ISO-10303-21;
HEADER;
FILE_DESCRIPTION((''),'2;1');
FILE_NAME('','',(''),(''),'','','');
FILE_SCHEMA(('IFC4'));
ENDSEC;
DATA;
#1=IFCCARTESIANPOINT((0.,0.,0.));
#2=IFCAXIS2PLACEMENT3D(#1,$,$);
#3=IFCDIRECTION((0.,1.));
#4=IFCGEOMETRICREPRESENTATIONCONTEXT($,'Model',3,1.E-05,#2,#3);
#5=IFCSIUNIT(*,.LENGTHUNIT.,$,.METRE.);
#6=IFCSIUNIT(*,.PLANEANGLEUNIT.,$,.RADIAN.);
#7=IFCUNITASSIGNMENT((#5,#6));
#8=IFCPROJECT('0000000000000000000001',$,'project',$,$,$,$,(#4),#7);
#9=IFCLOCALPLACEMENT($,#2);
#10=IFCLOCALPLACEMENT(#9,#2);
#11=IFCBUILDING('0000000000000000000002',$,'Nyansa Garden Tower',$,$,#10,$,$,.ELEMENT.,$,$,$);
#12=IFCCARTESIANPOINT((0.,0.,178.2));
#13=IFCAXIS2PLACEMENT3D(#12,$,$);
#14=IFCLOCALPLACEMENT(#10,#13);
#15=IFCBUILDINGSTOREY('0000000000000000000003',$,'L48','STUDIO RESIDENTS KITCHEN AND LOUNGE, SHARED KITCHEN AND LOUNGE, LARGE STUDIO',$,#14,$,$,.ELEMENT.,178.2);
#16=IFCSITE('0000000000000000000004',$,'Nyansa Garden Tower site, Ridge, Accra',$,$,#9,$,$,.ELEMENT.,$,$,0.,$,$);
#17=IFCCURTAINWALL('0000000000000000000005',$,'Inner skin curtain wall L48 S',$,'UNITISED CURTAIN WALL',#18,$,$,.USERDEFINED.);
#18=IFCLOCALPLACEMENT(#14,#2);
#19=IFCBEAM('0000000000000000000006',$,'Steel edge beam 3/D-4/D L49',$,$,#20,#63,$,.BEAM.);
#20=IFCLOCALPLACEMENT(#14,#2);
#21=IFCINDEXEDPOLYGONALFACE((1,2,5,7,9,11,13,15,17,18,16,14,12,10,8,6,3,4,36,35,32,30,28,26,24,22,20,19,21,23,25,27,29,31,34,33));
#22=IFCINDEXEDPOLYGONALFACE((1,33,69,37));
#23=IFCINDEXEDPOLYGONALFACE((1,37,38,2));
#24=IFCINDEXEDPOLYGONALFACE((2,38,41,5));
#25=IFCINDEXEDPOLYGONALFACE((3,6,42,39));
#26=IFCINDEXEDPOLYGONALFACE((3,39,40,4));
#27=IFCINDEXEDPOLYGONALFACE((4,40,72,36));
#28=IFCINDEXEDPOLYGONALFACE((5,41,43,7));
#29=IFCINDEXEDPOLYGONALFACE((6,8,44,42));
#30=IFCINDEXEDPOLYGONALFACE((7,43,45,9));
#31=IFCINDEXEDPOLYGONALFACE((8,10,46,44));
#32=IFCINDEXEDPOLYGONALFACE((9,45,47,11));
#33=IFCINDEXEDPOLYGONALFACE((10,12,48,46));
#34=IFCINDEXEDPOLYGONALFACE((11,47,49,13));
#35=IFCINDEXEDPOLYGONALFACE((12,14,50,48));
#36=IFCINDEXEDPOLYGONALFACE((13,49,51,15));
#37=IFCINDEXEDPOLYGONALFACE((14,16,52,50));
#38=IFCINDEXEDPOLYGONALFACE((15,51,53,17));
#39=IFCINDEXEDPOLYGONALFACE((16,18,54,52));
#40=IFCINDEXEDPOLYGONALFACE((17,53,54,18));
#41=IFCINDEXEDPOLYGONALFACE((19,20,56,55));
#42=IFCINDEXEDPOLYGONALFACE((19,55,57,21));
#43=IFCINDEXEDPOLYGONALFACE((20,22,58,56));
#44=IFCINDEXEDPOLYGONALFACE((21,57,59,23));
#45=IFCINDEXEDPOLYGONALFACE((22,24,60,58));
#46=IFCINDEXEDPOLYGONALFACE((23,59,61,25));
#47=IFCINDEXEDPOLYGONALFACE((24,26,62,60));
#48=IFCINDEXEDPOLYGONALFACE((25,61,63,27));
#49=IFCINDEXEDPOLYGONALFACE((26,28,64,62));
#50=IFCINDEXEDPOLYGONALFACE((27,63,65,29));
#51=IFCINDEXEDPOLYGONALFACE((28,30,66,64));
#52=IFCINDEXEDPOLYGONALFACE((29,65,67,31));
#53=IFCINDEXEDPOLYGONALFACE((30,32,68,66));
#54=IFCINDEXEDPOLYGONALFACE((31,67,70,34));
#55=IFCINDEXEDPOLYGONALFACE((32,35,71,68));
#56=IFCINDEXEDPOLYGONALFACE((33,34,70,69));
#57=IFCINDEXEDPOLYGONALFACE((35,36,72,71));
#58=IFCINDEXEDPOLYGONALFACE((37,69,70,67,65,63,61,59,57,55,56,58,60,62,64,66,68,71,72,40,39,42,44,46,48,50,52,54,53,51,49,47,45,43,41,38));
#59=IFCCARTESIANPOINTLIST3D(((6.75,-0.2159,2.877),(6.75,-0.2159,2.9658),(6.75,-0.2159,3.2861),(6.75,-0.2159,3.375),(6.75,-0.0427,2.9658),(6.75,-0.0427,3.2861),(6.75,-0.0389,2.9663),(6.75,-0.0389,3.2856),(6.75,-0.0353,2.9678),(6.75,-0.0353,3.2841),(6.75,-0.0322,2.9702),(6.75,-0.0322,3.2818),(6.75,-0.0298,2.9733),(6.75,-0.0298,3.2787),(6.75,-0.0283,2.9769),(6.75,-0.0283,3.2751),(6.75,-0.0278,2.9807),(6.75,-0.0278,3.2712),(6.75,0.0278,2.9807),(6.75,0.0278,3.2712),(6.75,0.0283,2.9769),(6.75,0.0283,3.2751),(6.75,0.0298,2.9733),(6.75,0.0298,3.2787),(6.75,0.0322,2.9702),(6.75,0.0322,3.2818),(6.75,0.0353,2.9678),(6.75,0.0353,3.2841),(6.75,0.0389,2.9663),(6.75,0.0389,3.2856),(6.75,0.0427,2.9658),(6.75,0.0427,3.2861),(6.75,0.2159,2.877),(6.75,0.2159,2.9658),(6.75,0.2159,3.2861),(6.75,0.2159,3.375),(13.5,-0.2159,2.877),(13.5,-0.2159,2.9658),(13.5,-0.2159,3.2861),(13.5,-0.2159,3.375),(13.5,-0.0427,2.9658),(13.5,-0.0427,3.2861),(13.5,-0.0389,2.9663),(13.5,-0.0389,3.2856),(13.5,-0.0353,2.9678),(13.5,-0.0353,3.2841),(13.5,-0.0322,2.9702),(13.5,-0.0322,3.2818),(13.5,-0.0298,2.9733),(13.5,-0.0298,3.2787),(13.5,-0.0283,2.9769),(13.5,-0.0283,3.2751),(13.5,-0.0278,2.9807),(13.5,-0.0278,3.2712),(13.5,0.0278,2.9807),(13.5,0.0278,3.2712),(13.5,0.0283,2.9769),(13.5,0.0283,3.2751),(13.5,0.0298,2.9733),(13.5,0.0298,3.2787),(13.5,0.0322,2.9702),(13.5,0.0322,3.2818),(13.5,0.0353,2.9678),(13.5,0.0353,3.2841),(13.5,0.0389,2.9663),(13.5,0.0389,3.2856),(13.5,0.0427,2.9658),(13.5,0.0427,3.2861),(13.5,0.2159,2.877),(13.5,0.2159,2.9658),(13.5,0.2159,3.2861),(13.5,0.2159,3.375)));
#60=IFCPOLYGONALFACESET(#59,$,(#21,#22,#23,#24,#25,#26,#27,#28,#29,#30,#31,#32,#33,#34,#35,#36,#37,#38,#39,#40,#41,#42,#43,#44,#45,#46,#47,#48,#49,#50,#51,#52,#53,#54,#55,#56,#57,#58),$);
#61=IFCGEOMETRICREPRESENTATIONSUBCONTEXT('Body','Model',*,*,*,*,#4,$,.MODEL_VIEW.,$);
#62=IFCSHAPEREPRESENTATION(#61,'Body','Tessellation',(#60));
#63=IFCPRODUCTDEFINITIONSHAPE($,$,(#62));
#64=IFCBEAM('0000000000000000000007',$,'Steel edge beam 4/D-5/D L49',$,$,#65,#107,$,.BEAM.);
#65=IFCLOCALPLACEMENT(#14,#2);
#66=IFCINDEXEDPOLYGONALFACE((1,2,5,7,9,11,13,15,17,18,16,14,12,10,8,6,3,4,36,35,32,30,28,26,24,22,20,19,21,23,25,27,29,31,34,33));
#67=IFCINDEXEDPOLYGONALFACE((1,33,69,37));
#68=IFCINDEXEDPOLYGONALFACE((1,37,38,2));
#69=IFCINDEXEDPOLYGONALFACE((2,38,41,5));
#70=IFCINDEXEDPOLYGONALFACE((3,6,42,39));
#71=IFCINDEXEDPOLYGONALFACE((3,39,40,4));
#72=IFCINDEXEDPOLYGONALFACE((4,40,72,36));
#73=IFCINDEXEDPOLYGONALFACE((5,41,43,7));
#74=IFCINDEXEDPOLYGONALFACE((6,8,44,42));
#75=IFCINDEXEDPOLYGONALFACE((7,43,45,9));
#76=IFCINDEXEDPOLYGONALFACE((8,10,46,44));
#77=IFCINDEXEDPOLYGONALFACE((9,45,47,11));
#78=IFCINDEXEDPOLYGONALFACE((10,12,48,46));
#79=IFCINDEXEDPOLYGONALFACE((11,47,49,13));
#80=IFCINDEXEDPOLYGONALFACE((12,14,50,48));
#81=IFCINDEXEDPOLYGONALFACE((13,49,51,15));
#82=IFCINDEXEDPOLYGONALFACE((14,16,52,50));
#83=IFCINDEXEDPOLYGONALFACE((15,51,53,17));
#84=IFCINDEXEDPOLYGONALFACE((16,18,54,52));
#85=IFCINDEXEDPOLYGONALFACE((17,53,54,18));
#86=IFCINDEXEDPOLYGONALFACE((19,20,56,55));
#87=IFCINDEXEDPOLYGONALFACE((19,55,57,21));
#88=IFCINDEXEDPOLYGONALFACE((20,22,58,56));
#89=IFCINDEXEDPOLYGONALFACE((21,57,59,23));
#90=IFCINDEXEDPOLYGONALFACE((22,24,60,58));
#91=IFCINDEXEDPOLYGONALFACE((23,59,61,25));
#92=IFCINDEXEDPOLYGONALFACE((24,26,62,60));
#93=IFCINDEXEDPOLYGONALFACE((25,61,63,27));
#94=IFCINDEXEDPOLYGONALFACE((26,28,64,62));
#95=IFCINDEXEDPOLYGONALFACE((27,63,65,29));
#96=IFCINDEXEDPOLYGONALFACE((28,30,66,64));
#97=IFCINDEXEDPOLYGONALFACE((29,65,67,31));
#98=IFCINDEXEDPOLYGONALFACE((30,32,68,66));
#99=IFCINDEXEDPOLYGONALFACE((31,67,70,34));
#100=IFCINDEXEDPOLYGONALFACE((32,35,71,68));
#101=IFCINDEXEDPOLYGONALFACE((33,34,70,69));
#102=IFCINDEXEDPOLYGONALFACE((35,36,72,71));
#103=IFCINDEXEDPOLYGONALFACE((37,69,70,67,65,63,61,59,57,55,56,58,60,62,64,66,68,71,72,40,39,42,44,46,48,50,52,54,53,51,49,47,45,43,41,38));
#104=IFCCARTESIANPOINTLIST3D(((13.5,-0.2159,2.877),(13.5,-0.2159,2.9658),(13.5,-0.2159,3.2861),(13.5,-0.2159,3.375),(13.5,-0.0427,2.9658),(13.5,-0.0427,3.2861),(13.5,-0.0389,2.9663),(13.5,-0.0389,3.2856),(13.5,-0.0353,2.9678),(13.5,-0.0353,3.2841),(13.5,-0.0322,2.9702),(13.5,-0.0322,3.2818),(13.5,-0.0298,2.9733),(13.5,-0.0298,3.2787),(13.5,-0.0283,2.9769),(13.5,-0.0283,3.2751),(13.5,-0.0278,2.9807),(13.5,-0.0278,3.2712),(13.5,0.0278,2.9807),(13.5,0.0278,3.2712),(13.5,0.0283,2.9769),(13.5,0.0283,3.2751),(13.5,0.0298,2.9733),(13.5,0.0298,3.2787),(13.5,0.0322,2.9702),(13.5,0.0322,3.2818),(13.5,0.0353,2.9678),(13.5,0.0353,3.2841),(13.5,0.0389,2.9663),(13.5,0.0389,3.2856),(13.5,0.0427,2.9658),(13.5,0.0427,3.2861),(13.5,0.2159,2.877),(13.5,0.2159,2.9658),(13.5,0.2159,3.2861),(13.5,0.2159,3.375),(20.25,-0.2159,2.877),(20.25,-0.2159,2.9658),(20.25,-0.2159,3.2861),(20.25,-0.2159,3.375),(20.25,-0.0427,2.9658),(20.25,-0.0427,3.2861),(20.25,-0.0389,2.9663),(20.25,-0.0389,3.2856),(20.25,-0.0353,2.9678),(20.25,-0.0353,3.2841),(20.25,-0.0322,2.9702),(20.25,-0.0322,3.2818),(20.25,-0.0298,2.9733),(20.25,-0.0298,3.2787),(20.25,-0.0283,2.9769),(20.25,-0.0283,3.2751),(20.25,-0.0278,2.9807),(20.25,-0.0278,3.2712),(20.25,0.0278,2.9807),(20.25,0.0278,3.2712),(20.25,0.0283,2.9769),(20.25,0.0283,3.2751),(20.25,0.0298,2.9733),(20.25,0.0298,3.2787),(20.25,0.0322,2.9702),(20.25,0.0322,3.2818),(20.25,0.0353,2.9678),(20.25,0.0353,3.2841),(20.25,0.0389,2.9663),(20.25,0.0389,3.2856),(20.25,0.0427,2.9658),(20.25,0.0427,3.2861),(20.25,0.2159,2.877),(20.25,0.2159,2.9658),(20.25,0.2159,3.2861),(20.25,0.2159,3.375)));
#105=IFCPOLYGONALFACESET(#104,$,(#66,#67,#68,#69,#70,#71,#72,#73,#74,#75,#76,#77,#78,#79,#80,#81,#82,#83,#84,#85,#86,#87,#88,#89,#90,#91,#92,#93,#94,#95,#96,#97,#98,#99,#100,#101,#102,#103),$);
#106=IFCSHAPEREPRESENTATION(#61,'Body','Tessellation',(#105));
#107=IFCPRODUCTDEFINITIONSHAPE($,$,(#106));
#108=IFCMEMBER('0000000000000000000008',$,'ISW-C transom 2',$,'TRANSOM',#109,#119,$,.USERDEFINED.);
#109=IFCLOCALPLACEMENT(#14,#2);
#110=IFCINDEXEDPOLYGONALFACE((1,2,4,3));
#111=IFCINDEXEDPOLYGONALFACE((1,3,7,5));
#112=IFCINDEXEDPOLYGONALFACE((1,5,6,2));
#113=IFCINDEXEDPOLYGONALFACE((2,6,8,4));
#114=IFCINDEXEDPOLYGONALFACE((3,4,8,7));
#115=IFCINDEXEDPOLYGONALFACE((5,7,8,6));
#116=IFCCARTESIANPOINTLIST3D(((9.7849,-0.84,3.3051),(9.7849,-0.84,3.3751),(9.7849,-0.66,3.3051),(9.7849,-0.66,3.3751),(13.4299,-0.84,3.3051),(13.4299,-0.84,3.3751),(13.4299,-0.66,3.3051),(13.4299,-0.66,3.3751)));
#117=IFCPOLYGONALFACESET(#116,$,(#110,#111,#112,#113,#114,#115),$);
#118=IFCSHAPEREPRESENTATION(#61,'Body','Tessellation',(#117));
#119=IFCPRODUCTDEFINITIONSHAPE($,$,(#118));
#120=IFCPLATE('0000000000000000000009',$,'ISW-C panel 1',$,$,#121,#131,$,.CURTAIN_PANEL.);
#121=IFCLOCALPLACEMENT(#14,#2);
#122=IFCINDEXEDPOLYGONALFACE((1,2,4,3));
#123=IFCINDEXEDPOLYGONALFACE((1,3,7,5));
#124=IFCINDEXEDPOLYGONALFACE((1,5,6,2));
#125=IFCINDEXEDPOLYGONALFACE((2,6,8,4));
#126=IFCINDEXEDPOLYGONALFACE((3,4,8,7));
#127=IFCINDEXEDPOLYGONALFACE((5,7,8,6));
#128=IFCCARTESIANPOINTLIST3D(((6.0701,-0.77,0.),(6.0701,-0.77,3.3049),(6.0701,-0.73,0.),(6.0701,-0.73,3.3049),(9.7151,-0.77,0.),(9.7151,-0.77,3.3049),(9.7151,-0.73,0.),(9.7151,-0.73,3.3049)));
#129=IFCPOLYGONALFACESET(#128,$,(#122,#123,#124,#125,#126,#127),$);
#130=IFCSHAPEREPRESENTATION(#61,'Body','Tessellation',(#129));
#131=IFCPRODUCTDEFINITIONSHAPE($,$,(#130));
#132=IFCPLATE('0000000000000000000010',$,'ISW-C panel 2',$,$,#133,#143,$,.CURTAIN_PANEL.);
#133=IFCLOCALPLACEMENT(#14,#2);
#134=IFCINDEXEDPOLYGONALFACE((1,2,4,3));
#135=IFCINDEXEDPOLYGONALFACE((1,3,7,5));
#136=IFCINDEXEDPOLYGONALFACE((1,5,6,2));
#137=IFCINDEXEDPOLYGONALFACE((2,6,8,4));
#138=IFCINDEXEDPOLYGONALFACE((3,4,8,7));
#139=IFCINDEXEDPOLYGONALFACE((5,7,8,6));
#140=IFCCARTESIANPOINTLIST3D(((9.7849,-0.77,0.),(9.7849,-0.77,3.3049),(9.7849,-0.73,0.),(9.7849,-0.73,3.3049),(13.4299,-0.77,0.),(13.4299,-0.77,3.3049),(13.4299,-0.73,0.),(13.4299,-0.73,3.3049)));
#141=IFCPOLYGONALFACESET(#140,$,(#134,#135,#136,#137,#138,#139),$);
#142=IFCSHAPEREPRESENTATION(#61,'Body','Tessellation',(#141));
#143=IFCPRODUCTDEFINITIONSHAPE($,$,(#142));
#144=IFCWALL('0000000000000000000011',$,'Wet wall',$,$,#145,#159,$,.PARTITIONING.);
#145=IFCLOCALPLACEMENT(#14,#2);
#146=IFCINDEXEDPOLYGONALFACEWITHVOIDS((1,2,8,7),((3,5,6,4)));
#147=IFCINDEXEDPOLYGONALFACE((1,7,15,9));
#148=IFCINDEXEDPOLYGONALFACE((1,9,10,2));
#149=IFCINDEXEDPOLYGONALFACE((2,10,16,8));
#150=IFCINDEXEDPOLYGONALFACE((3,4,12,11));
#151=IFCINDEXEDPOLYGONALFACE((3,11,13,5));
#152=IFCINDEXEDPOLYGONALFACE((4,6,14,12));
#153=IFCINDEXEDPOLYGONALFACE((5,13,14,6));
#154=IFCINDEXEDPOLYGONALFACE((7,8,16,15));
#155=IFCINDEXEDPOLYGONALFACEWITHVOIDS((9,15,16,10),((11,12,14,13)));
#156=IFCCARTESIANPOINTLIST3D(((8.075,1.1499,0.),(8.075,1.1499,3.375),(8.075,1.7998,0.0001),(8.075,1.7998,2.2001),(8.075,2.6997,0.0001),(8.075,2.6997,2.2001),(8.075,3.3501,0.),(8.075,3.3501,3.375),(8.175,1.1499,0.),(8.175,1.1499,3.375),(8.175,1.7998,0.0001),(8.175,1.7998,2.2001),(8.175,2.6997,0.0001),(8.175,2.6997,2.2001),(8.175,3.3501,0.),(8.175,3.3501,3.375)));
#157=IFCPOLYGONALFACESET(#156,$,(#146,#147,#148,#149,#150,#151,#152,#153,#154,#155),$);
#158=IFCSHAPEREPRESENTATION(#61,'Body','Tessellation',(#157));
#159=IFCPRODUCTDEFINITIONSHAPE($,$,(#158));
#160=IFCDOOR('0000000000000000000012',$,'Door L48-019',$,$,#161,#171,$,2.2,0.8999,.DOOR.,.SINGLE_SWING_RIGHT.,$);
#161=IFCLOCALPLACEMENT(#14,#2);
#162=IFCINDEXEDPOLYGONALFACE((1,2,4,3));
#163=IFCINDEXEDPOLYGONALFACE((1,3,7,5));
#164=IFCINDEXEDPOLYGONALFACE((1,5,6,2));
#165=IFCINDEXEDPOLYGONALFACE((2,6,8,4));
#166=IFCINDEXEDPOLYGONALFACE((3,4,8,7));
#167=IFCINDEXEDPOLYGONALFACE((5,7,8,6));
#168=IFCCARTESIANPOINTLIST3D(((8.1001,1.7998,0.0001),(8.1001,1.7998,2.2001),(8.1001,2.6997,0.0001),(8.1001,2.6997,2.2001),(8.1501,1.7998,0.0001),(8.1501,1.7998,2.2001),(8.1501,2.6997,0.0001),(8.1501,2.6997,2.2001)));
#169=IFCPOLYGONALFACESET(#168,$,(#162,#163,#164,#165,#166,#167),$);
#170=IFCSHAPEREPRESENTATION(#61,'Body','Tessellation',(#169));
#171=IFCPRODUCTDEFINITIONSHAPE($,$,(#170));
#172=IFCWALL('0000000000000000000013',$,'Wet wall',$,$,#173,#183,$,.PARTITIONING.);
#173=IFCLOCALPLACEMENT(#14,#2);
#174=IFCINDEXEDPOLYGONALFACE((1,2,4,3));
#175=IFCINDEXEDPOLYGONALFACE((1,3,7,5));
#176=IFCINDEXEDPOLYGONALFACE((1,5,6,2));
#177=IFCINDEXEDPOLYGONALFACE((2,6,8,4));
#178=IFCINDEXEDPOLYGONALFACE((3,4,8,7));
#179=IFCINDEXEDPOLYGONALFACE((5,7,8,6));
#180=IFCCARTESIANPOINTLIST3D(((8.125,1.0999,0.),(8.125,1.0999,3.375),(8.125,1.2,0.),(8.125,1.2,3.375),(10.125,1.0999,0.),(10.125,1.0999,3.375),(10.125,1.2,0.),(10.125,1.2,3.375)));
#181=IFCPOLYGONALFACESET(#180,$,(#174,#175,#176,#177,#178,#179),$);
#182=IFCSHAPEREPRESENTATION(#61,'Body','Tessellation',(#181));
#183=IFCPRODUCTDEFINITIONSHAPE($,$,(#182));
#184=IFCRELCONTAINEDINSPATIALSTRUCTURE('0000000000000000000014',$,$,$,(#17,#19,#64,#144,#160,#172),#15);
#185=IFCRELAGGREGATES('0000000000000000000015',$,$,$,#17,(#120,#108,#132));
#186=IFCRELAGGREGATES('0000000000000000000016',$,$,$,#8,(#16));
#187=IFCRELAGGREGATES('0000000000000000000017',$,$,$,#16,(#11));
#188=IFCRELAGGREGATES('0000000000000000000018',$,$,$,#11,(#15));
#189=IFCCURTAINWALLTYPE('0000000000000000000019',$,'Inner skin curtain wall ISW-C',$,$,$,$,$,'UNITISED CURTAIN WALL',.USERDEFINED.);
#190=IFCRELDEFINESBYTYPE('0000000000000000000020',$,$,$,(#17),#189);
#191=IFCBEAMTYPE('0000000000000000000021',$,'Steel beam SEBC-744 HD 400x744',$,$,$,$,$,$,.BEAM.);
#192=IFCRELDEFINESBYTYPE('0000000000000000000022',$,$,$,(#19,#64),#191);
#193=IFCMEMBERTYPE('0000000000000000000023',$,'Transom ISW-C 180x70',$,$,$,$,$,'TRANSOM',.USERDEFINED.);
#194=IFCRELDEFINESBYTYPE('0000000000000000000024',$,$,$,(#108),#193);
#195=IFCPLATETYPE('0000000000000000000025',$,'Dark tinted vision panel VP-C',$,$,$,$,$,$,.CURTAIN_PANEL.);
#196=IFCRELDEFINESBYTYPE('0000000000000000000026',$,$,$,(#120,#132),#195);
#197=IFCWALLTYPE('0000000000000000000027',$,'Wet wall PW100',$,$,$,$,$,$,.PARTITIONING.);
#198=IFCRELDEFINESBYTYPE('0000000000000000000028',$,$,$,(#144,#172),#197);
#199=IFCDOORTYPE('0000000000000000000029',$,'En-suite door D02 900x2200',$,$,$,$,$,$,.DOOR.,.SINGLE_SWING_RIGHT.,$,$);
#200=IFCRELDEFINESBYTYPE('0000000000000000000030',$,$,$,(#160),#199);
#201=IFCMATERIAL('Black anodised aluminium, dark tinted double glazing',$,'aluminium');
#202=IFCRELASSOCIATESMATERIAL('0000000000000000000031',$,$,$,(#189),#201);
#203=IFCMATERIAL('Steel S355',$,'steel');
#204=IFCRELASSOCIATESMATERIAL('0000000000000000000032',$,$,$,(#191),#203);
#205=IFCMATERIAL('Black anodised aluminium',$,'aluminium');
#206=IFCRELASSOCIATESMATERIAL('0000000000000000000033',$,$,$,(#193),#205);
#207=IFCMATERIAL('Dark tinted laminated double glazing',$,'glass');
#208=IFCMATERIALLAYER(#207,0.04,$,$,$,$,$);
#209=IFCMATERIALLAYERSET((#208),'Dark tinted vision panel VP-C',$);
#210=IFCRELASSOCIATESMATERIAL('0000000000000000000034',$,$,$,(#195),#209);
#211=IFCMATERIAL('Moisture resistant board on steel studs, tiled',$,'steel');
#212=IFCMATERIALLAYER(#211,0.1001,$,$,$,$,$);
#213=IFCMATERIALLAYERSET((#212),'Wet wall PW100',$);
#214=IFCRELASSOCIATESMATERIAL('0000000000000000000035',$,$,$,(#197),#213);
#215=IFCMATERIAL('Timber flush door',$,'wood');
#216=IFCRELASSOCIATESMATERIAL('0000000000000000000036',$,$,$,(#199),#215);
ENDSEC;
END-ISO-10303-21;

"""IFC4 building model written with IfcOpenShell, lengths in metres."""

from ifc_helpers import new_model, si_unit, direction, frame, frame_2d, origin, origin_2d, place, context, subcontext, project, spatial, rectangle, i_section, extrude, material, layer, layer_set, material_profile, profile_set, type_object, element, fill, aggregate, save


model = new_model("IFC4")

# Units and contexts
model_context = context("Model", 3, precision=1e-05, world=origin(), true_north=direction((0.0, 1.0)))
body_context = subcontext(model_context, "Body", "Model", "MODEL_VIEW")
ifc_project = project(units=[si_unit("LENGTHUNIT", "METRE"), si_unit("PLANEANGLEUNIT", "RADIAN")], contexts=[model_context])

# Site, building, storey
site_placement = place(None, origin())
site = spatial("IfcSite", under=ifc_project, at=site_placement, Name="Nyansa Garden Tower site, Ridge, Accra", CompositionType="ELEMENT", RefElevation=0.0)
building_placement = place(site_placement, origin())
building = spatial("IfcBuilding", under=site, at=building_placement, Name="Nyansa Garden Tower", CompositionType="ELEMENT")
storey_placement = place(building_placement, frame((0.0, 0.0, 178.2)))
storey = spatial("IfcBuildingStorey", under=building, at=storey_placement, Name="L48", Description="STUDIO RESIDENTS KITCHEN AND LOUNGE, SHARED KITCHEN AND LOUNGE, LARGE STUDIO", CompositionType="ELEMENT", Elevation=178.2)

# Curtain wall
ifc_material_1 = material(Name="Black anodised aluminium, dark tinted double glazing", Category="aluminium")
curtain_wall_type = type_object("IfcCurtainWallType", Name="Inner skin curtain wall ISW-C", ElementType="UNITISED CURTAIN WALL", PredefinedType="USERDEFINED", material=ifc_material_1)
curtain_wall_placement = place(storey_placement, origin())
curtain_wall = element("IfcCurtainWall", 1, at=curtain_wall_placement, inside=storey, type_object=curtain_wall_type, Name="Inner skin curtain wall L48 S", ObjectType="UNITISED CURTAIN WALL", PredefinedType="USERDEFINED")

# Beams
ifc_material_2 = material(Name="Steel S355", Category="steel")
ifc_material_profile_1 = material_profile(ifc_material_2, i_section(OverallWidth=0.4319, OverallDepth=0.498, WebThickness=0.0557, FlangeThickness=0.0889, FilletRadius=0.0149, at=origin_2d()), Name="HD 400x744")
ifc_profile_set_1 = profile_set([ifc_material_profile_1], Name="Steel S355")
beam_type_1 = type_object("IfcBeamType", Name="Steel beam SEBC-744 HD 400x744", PredefinedType="BEAM", material=ifc_profile_set_1)
for number, where, z_axis, x_axis, name in (
    (2, (6.75, 0.0, 3.126), (1.0, 0.0, 0.0), (0.0, 1.0, 0.0), "Steel edge beam 3/D-4/D L49"),
    (3, (13.5, 0.0, 3.126), (1.0, 0.0, 0.0), (0.0, 1.0, 0.0), "Steel edge beam 4/D-5/D L49"),
):
    element("IfcBeam", number, at=place(storey_placement, frame(where, z_axis=z_axis, x_axis=x_axis)), inside=storey, type_object=beam_type_1, Name=name, PredefinedType="BEAM", context=body_context, shape_type="SweptSolid", body=[
        extrude(i_section(OverallWidth=0.4319, OverallDepth=0.498, WebThickness=0.0557, FlangeThickness=0.0889, FilletRadius=0.0149, at=origin_2d()), origin(), (0.0, 0.0, 1.0), 6.75),
    ])

# Member
ifc_material_3 = material(Name="Black anodised aluminium", Category="aluminium")
ifc_material_profile_2 = material_profile(ifc_material_3, rectangle(XDim=0.1799, YDim=0.0701, at=origin_2d()), Name="Transom 180x70")
ifc_profile_set_2 = profile_set([ifc_material_profile_2], Name="Black anodised aluminium")
member_type_1 = type_object("IfcMemberType", Name="Transom ISW-C 180x70", ElementType="TRANSOM", PredefinedType="USERDEFINED", material=ifc_profile_set_2)
member_1_placement = place(storey_placement, frame((9.7849, -0.75, 3.3401), z_axis=(1.0, 0.0, 0.0), x_axis=(0.0, 1.0, 0.0)))
member_1 = element("IfcMember", 4, at=member_1_placement, type_object=member_type_1, Name="ISW-C transom 2", ObjectType="TRANSOM", PredefinedType="USERDEFINED", context=body_context, shape_type="SweptSolid", body=[
    extrude(rectangle(XDim=0.1799, YDim=0.0701, at=origin_2d()), origin(), (0.0, 0.0, 1.0), 3.645),
])

# Plates
ifc_material_4 = material(Name="Dark tinted laminated double glazing", Category="glass")
ifc_layer_1 = layer(ifc_material_4, 0.04)
ifc_layer_set_1 = layer_set([ifc_layer_1], Name="Dark tinted vision panel VP-C")
plate_type = type_object("IfcPlateType", Name="Dark tinted vision panel VP-C", PredefinedType="CURTAIN_PANEL", material=ifc_layer_set_1)
plate_1_placement = place(storey_placement, frame((7.8926, -0.75, 0.0), z_axis=(0.0, 0.0, 1.0), x_axis=(1.0, 0.0, 0.0)))
plate_1 = element("IfcPlate", 5, at=plate_1_placement, type_object=plate_type, Name="ISW-C panel 1", PredefinedType="CURTAIN_PANEL", context=body_context, shape_type="SweptSolid", body=[
    extrude(rectangle(XDim=3.645, YDim=0.04, at=origin_2d()), origin(), (0.0, 0.0, 1.0), 3.3049),
])
plate_2_placement = place(storey_placement, frame((11.6074, -0.75, 0.0), z_axis=(0.0, 0.0, 1.0), x_axis=(1.0, 0.0, 0.0)))
plate_2 = element("IfcPlate", 6, at=plate_2_placement, type_object=plate_type, Name="ISW-C panel 2", PredefinedType="CURTAIN_PANEL", context=body_context, shape_type="SweptSolid", body=[
    extrude(rectangle(XDim=3.645, YDim=0.04, at=origin_2d()), origin(), (0.0, 0.0, 1.0), 3.3049),
])
aggregate(curtain_wall, [plate_1, member_1, plate_2])

# Wall, opening, door
ifc_material_5 = material(Name="Moisture resistant board on steel studs, tiled", Category="steel")
ifc_layer_2 = layer(ifc_material_5, 0.1001)
ifc_layer_set_2 = layer_set([ifc_layer_2], Name="Wet wall PW100")
wall_type = type_object("IfcWallType", Name="Wet wall PW100", PredefinedType="PARTITIONING", material=ifc_layer_set_2)
wall_1_placement = place(storey_placement, frame((8.125, 1.1499, 0.0), z_axis=(0.0, 0.0, 1.0), x_axis=(0.0, 1.0, 0.0)))
wall_1 = element("IfcWall", 7, at=wall_1_placement, inside=storey, type_object=wall_type, Name="Wet wall", PredefinedType="PARTITIONING", context=body_context, shape_type="SweptSolid", body=[
    extrude(rectangle(XDim=2.2002, YDim=0.1001, at=frame_2d((1.1001, 0.0))), origin(), (0.0, 0.0, 1.0), 3.375),
])
opening_1_placement = place(wall_1_placement, frame((0.6499, 0.0, 0.0)))
opening_1 = element("IfcOpeningElement", 8, at=opening_1_placement, cuts=wall_1, PredefinedType="OPENING", context=body_context, shape_type="SweptSolid", body=[
    extrude(rectangle(XDim=0.8999, YDim=2.2, at=frame_2d((0.45, 1.1001))), frame((0.0, 0.0601, 0.0), z_axis=(0.0, -1.0, 0.0), x_axis=(1.0, 0.0, 0.0)), (0.0, 0.0, 1.0), 0.1201),
])
ifc_material_6 = material(Name="Timber flush door", Category="wood")
door_type = type_object("IfcDoorType", Name="En-suite door D02 900x2200", OperationType="SINGLE_SWING_RIGHT", PredefinedType="DOOR", material=ifc_material_6)
door_1_placement = place(opening_1_placement, origin())
door_1 = element("IfcDoor", 9, at=door_1_placement, inside=storey, type_object=door_type, Name="Door L48-019", OperationType="SINGLE_SWING_RIGHT", OverallHeight=2.2, OverallWidth=0.8999, PredefinedType="DOOR", context=body_context, shape_type="SweptSolid", body=[
    extrude(rectangle(XDim=0.8999, YDim=2.2, at=frame_2d((0.45, 1.1001))), frame((0.0, 0.0249, 0.0), z_axis=(0.0, -1.0, 0.0), x_axis=(1.0, 0.0, 0.0)), (0.0, 0.0, 1.0), 0.05),
])
fill(opening_1, door_1)

# Wall
wall_2_placement = place(storey_placement, frame((8.125, 1.1499, 0.0), z_axis=(0.0, 0.0, 1.0), x_axis=(1.0, 0.0, 0.0)))
element("IfcWall", 10, at=wall_2_placement, inside=storey, type_object=wall_type, Name="Wet wall", PredefinedType="PARTITIONING", context=body_context, shape_type="SweptSolid", body=[
    extrude(rectangle(XDim=2.0, YDim=0.1001, at=frame_2d((1.0, 0.0))), origin(), (0.0, 0.0, 1.0), 3.375),
])

save(model, "model.ifc")
